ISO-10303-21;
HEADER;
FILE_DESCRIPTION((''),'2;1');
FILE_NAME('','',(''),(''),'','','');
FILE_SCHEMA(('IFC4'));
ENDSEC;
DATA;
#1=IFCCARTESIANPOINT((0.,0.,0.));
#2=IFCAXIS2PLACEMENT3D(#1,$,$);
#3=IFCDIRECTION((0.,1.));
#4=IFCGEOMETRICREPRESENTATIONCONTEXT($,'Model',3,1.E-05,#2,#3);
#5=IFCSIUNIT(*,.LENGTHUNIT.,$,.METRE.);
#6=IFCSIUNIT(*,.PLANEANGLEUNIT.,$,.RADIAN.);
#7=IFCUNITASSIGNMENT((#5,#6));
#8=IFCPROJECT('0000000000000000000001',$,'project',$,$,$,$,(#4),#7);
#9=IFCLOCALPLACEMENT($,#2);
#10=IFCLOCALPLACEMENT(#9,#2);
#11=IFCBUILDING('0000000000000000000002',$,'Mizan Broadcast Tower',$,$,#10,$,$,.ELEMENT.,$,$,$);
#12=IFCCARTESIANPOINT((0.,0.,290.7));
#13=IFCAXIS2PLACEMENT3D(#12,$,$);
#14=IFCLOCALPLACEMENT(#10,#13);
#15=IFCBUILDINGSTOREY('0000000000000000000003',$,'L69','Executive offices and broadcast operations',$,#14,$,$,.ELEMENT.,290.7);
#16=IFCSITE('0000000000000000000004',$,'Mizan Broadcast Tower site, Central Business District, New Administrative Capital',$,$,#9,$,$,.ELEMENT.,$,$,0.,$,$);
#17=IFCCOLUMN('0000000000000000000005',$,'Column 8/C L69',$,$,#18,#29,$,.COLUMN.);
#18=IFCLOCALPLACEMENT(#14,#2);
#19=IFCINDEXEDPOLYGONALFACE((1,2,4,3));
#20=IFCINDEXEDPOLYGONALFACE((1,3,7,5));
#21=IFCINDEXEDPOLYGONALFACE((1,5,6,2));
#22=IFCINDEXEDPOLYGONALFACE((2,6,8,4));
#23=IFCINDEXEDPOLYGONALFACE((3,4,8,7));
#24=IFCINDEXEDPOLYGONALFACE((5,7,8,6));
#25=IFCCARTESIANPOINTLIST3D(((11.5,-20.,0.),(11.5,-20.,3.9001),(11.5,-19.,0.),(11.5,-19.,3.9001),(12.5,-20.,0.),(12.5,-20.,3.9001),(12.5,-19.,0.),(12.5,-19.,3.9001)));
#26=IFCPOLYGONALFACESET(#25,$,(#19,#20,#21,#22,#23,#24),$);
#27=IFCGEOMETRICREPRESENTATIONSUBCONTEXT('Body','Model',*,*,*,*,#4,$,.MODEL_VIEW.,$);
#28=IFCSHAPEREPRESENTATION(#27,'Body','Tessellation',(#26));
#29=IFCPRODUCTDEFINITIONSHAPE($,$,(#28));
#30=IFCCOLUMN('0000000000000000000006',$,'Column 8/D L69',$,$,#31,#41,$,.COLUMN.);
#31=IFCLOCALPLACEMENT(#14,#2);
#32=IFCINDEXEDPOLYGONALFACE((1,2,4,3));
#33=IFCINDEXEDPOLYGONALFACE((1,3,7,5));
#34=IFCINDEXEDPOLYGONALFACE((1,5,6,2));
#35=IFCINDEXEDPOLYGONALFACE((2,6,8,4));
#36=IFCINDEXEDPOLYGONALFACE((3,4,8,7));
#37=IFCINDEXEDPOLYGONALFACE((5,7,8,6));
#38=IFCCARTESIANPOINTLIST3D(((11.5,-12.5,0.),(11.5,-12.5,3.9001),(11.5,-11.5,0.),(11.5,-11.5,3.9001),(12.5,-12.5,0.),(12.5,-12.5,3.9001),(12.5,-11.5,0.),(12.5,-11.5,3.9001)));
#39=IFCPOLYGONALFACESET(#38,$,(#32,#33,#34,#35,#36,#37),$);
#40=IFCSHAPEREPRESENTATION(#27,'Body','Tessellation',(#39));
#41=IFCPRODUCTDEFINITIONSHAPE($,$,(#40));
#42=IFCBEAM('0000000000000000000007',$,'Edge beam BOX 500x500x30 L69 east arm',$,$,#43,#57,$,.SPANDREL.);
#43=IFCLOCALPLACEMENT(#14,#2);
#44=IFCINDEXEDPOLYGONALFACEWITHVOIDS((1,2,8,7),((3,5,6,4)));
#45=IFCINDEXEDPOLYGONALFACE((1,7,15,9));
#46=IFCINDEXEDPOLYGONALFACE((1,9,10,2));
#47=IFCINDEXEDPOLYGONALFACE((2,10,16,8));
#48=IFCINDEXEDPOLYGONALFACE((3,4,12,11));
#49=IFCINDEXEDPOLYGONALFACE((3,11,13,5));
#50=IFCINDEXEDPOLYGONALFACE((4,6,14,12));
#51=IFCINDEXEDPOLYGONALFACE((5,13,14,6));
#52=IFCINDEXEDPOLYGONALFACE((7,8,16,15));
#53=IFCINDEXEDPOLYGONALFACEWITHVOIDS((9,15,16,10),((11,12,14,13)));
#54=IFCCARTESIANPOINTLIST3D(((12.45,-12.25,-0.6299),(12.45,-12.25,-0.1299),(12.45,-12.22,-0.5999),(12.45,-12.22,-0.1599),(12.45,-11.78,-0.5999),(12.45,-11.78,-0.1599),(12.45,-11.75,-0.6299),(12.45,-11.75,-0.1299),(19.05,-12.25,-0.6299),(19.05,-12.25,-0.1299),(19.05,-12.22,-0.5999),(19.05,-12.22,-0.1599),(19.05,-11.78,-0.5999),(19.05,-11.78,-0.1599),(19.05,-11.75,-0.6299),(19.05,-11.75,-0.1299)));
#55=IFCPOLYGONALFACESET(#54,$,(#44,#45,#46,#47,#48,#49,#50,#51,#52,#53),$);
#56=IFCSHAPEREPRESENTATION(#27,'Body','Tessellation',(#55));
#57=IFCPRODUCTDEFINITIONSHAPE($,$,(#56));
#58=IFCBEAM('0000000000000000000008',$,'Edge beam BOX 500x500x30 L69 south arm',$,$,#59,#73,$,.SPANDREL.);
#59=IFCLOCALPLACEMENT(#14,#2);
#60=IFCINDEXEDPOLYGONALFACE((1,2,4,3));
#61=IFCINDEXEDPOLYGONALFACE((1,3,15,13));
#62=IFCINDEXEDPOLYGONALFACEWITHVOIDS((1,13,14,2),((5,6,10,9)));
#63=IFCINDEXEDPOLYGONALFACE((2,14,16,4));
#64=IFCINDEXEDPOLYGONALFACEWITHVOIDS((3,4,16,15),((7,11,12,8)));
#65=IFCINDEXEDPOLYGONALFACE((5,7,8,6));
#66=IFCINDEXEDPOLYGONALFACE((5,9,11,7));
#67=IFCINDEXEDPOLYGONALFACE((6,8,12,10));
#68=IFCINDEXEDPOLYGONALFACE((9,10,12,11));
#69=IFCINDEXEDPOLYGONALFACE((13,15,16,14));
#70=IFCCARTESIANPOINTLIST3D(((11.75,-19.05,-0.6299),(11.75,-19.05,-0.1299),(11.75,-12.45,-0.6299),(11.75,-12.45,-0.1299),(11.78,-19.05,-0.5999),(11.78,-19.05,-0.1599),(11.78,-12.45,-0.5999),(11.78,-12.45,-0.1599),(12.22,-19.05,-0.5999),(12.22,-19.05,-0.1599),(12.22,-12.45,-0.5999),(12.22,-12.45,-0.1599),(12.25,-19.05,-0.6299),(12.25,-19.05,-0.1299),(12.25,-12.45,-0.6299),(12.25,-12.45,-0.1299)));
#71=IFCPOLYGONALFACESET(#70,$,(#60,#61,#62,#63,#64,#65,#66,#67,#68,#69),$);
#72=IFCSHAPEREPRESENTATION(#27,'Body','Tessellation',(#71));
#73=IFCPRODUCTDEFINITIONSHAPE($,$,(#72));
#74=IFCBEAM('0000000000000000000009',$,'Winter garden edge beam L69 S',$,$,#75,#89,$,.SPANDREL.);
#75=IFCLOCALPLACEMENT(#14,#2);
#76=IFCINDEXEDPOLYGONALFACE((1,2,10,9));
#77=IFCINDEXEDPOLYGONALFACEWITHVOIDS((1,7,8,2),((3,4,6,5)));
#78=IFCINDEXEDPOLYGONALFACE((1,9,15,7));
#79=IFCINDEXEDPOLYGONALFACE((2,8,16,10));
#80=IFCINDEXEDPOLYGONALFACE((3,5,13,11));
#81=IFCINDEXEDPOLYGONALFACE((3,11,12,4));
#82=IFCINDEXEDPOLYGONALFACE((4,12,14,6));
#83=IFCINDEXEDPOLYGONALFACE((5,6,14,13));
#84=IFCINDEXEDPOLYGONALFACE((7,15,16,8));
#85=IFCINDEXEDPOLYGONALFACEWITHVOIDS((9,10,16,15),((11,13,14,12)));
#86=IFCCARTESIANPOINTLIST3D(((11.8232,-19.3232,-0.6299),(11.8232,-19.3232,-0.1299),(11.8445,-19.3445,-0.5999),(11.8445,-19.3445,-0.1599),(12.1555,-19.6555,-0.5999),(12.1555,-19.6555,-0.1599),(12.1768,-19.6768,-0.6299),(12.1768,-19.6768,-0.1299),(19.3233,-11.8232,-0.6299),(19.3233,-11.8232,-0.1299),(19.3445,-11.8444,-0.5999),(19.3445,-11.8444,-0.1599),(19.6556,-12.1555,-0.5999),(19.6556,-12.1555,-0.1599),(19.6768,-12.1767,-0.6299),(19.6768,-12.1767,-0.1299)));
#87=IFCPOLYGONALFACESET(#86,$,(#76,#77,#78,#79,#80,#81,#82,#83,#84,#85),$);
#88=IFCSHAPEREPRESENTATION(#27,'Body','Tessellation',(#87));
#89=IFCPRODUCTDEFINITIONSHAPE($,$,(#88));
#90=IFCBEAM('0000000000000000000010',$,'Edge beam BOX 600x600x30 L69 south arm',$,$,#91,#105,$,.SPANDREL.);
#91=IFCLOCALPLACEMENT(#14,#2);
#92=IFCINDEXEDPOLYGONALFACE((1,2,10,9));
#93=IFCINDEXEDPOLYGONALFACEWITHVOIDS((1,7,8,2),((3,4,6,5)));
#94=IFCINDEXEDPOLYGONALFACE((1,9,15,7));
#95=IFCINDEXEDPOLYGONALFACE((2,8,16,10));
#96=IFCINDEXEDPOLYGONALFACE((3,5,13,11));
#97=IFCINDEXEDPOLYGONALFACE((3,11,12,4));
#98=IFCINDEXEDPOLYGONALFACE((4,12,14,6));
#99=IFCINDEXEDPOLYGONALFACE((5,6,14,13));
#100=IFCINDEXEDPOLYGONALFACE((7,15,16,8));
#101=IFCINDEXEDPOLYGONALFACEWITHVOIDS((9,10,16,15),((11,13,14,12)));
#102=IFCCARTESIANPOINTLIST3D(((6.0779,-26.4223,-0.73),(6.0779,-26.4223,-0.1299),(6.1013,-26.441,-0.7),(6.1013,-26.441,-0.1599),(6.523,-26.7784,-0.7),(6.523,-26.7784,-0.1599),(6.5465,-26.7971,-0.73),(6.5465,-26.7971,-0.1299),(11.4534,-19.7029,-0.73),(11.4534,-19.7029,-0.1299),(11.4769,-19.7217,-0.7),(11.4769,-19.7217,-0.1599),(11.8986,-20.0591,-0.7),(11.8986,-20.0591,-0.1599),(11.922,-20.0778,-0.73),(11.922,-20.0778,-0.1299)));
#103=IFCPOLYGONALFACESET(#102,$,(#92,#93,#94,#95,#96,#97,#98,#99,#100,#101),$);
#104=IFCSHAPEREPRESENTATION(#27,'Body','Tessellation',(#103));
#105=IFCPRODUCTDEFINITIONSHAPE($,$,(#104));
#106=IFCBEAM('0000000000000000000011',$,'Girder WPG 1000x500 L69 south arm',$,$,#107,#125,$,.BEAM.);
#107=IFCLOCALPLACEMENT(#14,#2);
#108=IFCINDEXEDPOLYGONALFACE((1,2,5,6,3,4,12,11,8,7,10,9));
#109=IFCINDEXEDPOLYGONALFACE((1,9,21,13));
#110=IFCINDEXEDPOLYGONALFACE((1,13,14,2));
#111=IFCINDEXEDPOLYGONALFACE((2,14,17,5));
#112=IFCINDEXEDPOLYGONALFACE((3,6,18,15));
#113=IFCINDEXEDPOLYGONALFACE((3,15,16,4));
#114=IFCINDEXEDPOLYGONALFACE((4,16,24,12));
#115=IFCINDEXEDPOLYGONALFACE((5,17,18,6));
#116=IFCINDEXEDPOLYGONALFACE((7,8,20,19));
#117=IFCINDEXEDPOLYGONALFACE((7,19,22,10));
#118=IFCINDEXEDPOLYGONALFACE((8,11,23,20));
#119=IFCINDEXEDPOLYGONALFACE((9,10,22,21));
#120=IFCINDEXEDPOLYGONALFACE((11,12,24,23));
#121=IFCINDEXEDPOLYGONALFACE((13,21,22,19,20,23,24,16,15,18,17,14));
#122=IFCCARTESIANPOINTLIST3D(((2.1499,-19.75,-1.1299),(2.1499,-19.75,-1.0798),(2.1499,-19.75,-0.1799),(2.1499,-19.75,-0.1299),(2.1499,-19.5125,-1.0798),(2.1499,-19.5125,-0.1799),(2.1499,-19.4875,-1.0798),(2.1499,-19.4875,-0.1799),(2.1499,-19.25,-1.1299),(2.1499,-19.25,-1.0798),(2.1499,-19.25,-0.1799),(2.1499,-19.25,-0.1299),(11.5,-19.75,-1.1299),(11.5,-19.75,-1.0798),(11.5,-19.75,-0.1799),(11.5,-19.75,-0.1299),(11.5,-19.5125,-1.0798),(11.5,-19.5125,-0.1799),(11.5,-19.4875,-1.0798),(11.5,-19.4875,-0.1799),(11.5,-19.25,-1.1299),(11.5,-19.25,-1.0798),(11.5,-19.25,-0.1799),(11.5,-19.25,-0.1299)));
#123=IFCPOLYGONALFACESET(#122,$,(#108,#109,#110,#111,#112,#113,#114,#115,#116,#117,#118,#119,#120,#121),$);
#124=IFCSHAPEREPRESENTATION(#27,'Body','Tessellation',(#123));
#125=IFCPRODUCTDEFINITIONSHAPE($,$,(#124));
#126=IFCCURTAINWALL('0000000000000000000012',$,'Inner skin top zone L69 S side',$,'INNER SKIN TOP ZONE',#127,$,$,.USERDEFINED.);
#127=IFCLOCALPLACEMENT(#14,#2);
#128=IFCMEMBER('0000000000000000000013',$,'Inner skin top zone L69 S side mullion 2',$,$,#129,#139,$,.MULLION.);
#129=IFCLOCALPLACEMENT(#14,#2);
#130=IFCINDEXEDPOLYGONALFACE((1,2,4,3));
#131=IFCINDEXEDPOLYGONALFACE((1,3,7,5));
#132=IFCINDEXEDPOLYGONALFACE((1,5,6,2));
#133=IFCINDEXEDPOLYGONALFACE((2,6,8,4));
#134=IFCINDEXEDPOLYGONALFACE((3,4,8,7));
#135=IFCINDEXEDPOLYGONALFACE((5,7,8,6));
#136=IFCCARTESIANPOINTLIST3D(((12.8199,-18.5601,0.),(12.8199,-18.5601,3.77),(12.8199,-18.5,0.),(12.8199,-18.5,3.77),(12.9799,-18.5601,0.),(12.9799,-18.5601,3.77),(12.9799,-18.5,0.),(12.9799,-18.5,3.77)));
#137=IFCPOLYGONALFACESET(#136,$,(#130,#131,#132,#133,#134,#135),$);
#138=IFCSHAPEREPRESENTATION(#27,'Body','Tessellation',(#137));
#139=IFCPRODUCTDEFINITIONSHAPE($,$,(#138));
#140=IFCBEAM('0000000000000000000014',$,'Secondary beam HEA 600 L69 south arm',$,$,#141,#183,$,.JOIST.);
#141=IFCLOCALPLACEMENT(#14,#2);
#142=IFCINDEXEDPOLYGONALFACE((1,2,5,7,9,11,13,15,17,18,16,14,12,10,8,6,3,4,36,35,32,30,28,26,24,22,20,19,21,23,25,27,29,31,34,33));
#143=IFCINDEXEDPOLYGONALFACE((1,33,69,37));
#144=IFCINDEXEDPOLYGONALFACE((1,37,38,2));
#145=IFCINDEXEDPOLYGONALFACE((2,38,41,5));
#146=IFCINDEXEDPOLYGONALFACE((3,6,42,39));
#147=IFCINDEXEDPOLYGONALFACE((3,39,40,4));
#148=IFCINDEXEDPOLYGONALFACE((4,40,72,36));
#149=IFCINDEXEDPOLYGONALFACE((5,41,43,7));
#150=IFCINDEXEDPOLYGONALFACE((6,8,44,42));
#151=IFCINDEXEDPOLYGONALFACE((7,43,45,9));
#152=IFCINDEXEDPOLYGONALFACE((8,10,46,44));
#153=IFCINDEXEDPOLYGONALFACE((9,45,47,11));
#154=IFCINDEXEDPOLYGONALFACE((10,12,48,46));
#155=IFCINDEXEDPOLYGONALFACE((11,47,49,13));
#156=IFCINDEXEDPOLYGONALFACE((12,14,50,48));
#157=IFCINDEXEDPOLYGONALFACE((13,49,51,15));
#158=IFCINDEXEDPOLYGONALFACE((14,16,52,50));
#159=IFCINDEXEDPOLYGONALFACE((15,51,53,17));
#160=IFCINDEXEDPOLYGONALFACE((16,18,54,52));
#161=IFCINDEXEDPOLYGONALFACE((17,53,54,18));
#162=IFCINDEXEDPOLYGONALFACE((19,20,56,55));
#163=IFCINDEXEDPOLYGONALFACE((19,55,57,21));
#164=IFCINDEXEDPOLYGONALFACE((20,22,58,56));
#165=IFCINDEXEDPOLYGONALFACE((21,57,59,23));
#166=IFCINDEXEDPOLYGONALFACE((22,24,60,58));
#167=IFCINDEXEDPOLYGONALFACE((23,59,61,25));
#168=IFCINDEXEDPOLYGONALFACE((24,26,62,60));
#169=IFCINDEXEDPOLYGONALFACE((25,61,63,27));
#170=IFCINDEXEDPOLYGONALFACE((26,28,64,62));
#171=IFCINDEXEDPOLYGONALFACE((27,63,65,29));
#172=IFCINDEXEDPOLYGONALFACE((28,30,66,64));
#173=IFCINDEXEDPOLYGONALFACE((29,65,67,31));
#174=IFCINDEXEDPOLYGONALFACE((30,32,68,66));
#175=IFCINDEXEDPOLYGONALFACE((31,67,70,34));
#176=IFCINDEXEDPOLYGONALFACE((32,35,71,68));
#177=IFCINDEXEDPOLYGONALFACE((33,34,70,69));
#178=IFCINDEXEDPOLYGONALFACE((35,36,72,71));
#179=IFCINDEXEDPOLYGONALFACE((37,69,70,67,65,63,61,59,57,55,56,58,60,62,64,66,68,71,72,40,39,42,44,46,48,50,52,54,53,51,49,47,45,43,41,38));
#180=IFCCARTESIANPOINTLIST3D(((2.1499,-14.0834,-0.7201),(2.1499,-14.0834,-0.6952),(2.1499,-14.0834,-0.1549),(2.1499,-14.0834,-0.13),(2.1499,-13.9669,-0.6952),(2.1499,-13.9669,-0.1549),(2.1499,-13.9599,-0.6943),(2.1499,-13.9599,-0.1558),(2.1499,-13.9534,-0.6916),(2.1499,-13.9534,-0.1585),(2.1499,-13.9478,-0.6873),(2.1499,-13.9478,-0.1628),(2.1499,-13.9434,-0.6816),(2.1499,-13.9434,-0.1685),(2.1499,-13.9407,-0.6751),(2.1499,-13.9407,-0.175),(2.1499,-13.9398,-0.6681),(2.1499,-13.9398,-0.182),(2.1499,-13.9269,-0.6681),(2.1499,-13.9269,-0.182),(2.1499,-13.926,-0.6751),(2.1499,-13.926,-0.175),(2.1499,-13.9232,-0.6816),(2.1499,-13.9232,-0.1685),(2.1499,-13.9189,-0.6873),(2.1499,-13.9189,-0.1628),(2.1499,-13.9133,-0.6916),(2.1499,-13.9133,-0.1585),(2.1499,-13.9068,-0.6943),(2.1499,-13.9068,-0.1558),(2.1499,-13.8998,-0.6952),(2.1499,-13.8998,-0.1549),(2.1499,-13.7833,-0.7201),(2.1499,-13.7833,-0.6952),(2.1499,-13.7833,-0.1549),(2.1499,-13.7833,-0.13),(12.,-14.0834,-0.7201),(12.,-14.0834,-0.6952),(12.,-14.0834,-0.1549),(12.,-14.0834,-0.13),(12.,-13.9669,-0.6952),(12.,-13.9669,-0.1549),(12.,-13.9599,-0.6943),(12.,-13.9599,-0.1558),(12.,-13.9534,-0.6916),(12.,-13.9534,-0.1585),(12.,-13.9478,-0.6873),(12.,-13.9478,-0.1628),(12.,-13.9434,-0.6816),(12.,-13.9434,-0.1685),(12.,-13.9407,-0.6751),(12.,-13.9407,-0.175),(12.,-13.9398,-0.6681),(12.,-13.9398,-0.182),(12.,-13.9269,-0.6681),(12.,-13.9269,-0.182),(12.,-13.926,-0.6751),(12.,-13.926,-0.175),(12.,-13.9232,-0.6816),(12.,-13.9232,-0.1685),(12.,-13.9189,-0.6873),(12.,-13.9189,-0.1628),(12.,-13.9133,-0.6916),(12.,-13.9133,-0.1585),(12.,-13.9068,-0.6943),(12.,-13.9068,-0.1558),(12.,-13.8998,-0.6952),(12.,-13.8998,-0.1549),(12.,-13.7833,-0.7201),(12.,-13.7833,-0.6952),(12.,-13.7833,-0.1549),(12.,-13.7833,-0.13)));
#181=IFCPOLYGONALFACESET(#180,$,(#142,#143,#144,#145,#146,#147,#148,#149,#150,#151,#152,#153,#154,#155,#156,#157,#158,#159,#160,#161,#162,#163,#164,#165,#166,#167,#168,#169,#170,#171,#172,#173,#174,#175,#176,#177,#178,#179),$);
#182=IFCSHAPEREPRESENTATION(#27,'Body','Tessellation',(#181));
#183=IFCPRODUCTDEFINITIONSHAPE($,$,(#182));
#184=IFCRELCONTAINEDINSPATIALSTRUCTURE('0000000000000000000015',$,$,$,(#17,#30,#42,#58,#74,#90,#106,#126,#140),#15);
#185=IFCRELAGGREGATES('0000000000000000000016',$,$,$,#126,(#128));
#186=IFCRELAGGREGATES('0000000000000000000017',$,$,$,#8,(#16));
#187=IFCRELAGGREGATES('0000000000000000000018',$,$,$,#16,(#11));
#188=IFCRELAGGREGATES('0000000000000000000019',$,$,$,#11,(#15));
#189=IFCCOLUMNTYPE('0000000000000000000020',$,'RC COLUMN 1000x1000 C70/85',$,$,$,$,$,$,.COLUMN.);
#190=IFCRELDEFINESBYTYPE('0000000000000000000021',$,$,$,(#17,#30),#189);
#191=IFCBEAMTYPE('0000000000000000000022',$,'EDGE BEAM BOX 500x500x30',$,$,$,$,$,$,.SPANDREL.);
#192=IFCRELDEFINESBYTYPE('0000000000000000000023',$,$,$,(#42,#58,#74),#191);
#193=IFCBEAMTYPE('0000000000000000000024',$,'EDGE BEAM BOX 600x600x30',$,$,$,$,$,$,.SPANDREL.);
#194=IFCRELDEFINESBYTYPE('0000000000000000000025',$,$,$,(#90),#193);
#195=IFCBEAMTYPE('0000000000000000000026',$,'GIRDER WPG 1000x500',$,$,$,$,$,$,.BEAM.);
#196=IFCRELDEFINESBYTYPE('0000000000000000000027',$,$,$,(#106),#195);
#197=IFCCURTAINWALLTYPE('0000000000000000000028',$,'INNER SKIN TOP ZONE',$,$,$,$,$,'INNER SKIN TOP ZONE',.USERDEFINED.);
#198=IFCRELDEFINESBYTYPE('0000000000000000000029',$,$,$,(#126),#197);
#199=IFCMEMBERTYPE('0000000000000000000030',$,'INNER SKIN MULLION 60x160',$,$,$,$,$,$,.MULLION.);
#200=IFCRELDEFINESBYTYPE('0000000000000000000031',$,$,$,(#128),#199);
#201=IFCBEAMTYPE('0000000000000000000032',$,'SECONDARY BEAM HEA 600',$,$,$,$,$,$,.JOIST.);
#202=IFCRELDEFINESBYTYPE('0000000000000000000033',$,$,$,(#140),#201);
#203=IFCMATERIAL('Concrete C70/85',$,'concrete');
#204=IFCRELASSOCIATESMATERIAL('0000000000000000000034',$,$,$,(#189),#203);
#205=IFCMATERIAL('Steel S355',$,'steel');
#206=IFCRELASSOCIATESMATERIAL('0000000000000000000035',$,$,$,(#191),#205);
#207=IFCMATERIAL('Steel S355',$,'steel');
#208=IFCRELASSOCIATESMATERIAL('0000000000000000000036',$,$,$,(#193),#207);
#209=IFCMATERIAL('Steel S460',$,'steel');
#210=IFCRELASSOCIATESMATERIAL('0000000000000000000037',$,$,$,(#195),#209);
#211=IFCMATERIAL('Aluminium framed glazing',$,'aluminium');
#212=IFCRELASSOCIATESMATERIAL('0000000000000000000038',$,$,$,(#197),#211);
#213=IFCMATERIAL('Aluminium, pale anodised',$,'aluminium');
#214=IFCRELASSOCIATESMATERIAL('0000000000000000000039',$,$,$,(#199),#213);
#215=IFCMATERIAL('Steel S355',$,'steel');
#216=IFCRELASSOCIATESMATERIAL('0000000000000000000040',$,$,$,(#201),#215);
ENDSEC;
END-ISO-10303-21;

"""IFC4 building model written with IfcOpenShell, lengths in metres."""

from ifc_helpers import new_model, si_unit, direction, frame, origin, origin_2d, place, context, subcontext, project, spatial, rectangle, hollow_rectangle, i_section, extrude, material, material_profile, profile_set, type_object, element, aggregate, save


model = new_model("IFC4")

# Units and contexts
model_context = context("Model", 3, precision=1e-05, world=origin(), true_north=direction((0.0, 1.0)))
body_context = subcontext(model_context, "Body", "Model", "MODEL_VIEW")
ifc_project = project(units=[si_unit("LENGTHUNIT", "METRE"), si_unit("PLANEANGLEUNIT", "RADIAN")], contexts=[model_context])

# Site, building, storey
site_placement = place(None, origin())
site = spatial("IfcSite", under=ifc_project, at=site_placement, Name="Mizan Broadcast Tower site, Central Business District, New Administrative Capital", CompositionType="ELEMENT", RefElevation=0.0)
building_placement = place(site_placement, origin())
building = spatial("IfcBuilding", under=site, at=building_placement, Name="Mizan Broadcast Tower", CompositionType="ELEMENT")
storey_placement = place(building_placement, frame((0.0, 0.0, 290.7)))
storey = spatial("IfcBuildingStorey", under=building, at=storey_placement, Name="L69", Description="Executive offices and broadcast operations", CompositionType="ELEMENT", Elevation=290.7)

# Columns
ifc_material_1 = material(Name="Concrete C70/85", Category="concrete")
ifc_material_profile_1 = material_profile(ifc_material_1, rectangle(XDim=1.0, YDim=1.0, at=origin_2d()), Name="RC 1000x1000")
ifc_profile_set_1 = profile_set([ifc_material_profile_1], Name="Concrete C70/85")
column_type = type_object("IfcColumnType", Name="RC COLUMN 1000x1000 C70/85", PredefinedType="COLUMN", material=ifc_profile_set_1)
for number, where, z_axis, x_axis, name in (
    (1, (12.0, -19.5, 0.0), (0.0, 0.0, 1.0), (1.0, 0.0, 0.0), "Column 8/C L69"),
    (2, (12.0, -12.0, 0.0), (0.0, 0.0, 1.0), (1.0, 0.0, 0.0), "Column 8/D L69"),
):
    element("IfcColumn", number, at=place(storey_placement, frame(where, z_axis=z_axis, x_axis=x_axis)), inside=storey, type_object=column_type, Name=name, PredefinedType="COLUMN", context=body_context, shape_type="SweptSolid", body=[
        extrude(rectangle(XDim=1.0, YDim=1.0, at=origin_2d()), origin(), (0.0, 0.0, 1.0), 3.9001),
    ])

# Beams
ifc_material_2 = material(Name="Steel S355", Category="steel")
ifc_material_profile_2 = material_profile(ifc_material_2, hollow_rectangle(XDim=0.5, YDim=0.5, WallThickness=0.03, at=origin_2d()), Name="BOX 500x500x30")
ifc_profile_set_2 = profile_set([ifc_material_profile_2], Name="Steel S355")
beam_type_1 = type_object("IfcBeamType", Name="EDGE BEAM BOX 500x500x30", PredefinedType="SPANDREL", material=ifc_profile_set_2)
for number, where, z_axis, x_axis, name in (
    (3, (12.45, -12.0, -0.3799), (1.0, 0.0, 0.0), (0.0, 1.0, 0.0), "Edge beam BOX 500x500x30 L69 east arm"),
    (4, (12.0, -12.45, -0.3799), (0.0, -1.0, 0.0), (1.0, 0.0, 0.0), "Edge beam BOX 500x500x30 L69 south arm"),
):
    element("IfcBeam", number, at=place(storey_placement, frame(where, z_axis=z_axis, x_axis=x_axis)), inside=storey, type_object=beam_type_1, Name=name, PredefinedType="SPANDREL", context=body_context, shape_type="SweptSolid", body=[
        extrude(hollow_rectangle(XDim=0.5, YDim=0.5, WallThickness=0.03, at=origin_2d()), origin(), (0.0, 0.0, 1.0), 6.6001),
    ])
beam_1_placement = place(storey_placement, frame((12.0, -19.5, -0.3799), z_axis=(0.707107, 0.707107, 0.0), x_axis=(-0.707107, 0.707107, 0.0)))
element("IfcBeam", 5, at=beam_1_placement, inside=storey, type_object=beam_type_1, Name="Winter garden edge beam L69 S", PredefinedType="SPANDREL", context=body_context, shape_type="SweptSolid", body=[
    extrude(hollow_rectangle(XDim=0.5, YDim=0.5, WallThickness=0.03, at=origin_2d()), origin(), (0.0, 0.0, 1.0), 10.6067),
])
ifc_material_3 = material(Name="Steel S355", Category="steel")
ifc_material_profile_3 = material_profile(ifc_material_3, hollow_rectangle(XDim=0.6001, YDim=0.6001, WallThickness=0.03, at=origin_2d()), Name="BOX 600x600x30")
ifc_profile_set_3 = profile_set([ifc_material_profile_3], Name="Steel S355")
beam_type_2 = type_object("IfcBeamType", Name="EDGE BEAM BOX 600x600x30", PredefinedType="SPANDREL", material=ifc_profile_set_3)
beam_2_placement = place(storey_placement, frame((11.6877, -19.8904, -0.4299), z_axis=(-0.624702, -0.780863, 0.0), x_axis=(0.780863, -0.624702, 0.0)))
element("IfcBeam", 6, at=beam_2_placement, inside=storey, type_object=beam_type_2, Name="Edge beam BOX 600x600x30 L69 south arm", PredefinedType="SPANDREL", context=body_context, shape_type="SweptSolid", body=[
    extrude(hollow_rectangle(XDim=0.6001, YDim=0.6001, WallThickness=0.03, at=origin_2d()), origin(), (0.0, 0.0, 1.0), 8.605),
])
ifc_material_4 = material(Name="Steel S460", Category="steel")
ifc_material_profile_4 = material_profile(ifc_material_4, i_section(OverallWidth=0.5, OverallDepth=1.0, WebThickness=0.0249, FlangeThickness=0.05, at=origin_2d()), Name="WPG 1000x500")
ifc_profile_set_4 = profile_set([ifc_material_profile_4], Name="Steel S460")
beam_type_3 = type_object("IfcBeamType", Name="GIRDER WPG 1000x500", PredefinedType="BEAM", material=ifc_profile_set_4)
beam_3_placement = place(storey_placement, frame((11.5, -19.5, -0.6299), z_axis=(-1.0, 0.0, 0.0), x_axis=(0.0, -1.0, 0.0)))
element("IfcBeam", 7, at=beam_3_placement, inside=storey, type_object=beam_type_3, Name="Girder WPG 1000x500 L69 south arm", PredefinedType="BEAM", context=body_context, shape_type="SweptSolid", body=[
    extrude(i_section(OverallWidth=0.5, OverallDepth=1.0, WebThickness=0.0249, FlangeThickness=0.05, at=origin_2d()), origin(), (0.0, 0.0, 1.0), 9.3501),
])

# Curtain wall, member
ifc_material_5 = material(Name="Aluminium framed glazing", Category="aluminium")
curtain_wall_type = type_object("IfcCurtainWallType", Name="INNER SKIN TOP ZONE", ElementType="INNER SKIN TOP ZONE", PredefinedType="USERDEFINED", material=ifc_material_5)
curtain_wall_placement = place(storey_placement, origin())
curtain_wall = element("IfcCurtainWall", 8, at=curtain_wall_placement, inside=storey, type_object=curtain_wall_type, Name="Inner skin top zone L69 S side", ObjectType="INNER SKIN TOP ZONE", PredefinedType="USERDEFINED")
ifc_material_6 = material(Name="Aluminium, pale anodised", Category="aluminium")
ifc_material_profile_5 = material_profile(ifc_material_6, rectangle(XDim=0.1599, YDim=0.0601, at=origin_2d()), Name="MULLION 160x60")
ifc_profile_set_5 = profile_set([ifc_material_profile_5], Name="Aluminium, pale anodised")
member_type = type_object("IfcMemberType", Name="INNER SKIN MULLION 60x160", PredefinedType="MULLION", material=ifc_profile_set_5)
member_placement = place(storey_placement, frame((12.8999, -18.53, 0.0), z_axis=(0.0, 0.0, 1.0), x_axis=(-1.0, 0.0, 0.0)))
member = element("IfcMember", 9, at=member_placement, type_object=member_type, Name="Inner skin top zone L69 S side mullion 2", PredefinedType="MULLION", context=body_context, shape_type="SweptSolid", body=[
    extrude(rectangle(XDim=0.1599, YDim=0.0601, at=origin_2d()), origin(), (0.0, 0.0, 1.0), 3.77),
])

# Beam
ifc_material_7 = material(Name="Steel S355", Category="steel")
ifc_material_profile_6 = material_profile(ifc_material_7, i_section(OverallWidth=0.3, OverallDepth=0.5901, WebThickness=0.0129, FlangeThickness=0.0249, FilletRadius=0.0271, at=origin_2d()), Name="HEA 600")
ifc_profile_set_6 = profile_set([ifc_material_profile_6], Name="Steel S355")
beam_type_4 = type_object("IfcBeamType", Name="SECONDARY BEAM HEA 600", PredefinedType="JOIST", material=ifc_profile_set_6)
for number, where, z_axis, x_axis, name in (
    (10, (12.0, -13.9333, -0.425), (-1.0, 0.0, 0.0), (0.0, -1.0, 0.0), "Secondary beam HEA 600 L69 south arm"),
):
    element("IfcBeam", number, at=place(storey_placement, frame(where, z_axis=z_axis, x_axis=x_axis)), inside=storey, type_object=beam_type_4, Name=name, PredefinedType="JOIST", context=body_context, shape_type="SweptSolid", body=[
        extrude(i_section(OverallWidth=0.3, OverallDepth=0.5901, WebThickness=0.0129, FlangeThickness=0.0249, FilletRadius=0.0271, at=origin_2d()), origin(), (0.0, 0.0, 1.0), 9.8501),
    ])

aggregate(curtain_wall, [member])

save(model, "model.ifc")
